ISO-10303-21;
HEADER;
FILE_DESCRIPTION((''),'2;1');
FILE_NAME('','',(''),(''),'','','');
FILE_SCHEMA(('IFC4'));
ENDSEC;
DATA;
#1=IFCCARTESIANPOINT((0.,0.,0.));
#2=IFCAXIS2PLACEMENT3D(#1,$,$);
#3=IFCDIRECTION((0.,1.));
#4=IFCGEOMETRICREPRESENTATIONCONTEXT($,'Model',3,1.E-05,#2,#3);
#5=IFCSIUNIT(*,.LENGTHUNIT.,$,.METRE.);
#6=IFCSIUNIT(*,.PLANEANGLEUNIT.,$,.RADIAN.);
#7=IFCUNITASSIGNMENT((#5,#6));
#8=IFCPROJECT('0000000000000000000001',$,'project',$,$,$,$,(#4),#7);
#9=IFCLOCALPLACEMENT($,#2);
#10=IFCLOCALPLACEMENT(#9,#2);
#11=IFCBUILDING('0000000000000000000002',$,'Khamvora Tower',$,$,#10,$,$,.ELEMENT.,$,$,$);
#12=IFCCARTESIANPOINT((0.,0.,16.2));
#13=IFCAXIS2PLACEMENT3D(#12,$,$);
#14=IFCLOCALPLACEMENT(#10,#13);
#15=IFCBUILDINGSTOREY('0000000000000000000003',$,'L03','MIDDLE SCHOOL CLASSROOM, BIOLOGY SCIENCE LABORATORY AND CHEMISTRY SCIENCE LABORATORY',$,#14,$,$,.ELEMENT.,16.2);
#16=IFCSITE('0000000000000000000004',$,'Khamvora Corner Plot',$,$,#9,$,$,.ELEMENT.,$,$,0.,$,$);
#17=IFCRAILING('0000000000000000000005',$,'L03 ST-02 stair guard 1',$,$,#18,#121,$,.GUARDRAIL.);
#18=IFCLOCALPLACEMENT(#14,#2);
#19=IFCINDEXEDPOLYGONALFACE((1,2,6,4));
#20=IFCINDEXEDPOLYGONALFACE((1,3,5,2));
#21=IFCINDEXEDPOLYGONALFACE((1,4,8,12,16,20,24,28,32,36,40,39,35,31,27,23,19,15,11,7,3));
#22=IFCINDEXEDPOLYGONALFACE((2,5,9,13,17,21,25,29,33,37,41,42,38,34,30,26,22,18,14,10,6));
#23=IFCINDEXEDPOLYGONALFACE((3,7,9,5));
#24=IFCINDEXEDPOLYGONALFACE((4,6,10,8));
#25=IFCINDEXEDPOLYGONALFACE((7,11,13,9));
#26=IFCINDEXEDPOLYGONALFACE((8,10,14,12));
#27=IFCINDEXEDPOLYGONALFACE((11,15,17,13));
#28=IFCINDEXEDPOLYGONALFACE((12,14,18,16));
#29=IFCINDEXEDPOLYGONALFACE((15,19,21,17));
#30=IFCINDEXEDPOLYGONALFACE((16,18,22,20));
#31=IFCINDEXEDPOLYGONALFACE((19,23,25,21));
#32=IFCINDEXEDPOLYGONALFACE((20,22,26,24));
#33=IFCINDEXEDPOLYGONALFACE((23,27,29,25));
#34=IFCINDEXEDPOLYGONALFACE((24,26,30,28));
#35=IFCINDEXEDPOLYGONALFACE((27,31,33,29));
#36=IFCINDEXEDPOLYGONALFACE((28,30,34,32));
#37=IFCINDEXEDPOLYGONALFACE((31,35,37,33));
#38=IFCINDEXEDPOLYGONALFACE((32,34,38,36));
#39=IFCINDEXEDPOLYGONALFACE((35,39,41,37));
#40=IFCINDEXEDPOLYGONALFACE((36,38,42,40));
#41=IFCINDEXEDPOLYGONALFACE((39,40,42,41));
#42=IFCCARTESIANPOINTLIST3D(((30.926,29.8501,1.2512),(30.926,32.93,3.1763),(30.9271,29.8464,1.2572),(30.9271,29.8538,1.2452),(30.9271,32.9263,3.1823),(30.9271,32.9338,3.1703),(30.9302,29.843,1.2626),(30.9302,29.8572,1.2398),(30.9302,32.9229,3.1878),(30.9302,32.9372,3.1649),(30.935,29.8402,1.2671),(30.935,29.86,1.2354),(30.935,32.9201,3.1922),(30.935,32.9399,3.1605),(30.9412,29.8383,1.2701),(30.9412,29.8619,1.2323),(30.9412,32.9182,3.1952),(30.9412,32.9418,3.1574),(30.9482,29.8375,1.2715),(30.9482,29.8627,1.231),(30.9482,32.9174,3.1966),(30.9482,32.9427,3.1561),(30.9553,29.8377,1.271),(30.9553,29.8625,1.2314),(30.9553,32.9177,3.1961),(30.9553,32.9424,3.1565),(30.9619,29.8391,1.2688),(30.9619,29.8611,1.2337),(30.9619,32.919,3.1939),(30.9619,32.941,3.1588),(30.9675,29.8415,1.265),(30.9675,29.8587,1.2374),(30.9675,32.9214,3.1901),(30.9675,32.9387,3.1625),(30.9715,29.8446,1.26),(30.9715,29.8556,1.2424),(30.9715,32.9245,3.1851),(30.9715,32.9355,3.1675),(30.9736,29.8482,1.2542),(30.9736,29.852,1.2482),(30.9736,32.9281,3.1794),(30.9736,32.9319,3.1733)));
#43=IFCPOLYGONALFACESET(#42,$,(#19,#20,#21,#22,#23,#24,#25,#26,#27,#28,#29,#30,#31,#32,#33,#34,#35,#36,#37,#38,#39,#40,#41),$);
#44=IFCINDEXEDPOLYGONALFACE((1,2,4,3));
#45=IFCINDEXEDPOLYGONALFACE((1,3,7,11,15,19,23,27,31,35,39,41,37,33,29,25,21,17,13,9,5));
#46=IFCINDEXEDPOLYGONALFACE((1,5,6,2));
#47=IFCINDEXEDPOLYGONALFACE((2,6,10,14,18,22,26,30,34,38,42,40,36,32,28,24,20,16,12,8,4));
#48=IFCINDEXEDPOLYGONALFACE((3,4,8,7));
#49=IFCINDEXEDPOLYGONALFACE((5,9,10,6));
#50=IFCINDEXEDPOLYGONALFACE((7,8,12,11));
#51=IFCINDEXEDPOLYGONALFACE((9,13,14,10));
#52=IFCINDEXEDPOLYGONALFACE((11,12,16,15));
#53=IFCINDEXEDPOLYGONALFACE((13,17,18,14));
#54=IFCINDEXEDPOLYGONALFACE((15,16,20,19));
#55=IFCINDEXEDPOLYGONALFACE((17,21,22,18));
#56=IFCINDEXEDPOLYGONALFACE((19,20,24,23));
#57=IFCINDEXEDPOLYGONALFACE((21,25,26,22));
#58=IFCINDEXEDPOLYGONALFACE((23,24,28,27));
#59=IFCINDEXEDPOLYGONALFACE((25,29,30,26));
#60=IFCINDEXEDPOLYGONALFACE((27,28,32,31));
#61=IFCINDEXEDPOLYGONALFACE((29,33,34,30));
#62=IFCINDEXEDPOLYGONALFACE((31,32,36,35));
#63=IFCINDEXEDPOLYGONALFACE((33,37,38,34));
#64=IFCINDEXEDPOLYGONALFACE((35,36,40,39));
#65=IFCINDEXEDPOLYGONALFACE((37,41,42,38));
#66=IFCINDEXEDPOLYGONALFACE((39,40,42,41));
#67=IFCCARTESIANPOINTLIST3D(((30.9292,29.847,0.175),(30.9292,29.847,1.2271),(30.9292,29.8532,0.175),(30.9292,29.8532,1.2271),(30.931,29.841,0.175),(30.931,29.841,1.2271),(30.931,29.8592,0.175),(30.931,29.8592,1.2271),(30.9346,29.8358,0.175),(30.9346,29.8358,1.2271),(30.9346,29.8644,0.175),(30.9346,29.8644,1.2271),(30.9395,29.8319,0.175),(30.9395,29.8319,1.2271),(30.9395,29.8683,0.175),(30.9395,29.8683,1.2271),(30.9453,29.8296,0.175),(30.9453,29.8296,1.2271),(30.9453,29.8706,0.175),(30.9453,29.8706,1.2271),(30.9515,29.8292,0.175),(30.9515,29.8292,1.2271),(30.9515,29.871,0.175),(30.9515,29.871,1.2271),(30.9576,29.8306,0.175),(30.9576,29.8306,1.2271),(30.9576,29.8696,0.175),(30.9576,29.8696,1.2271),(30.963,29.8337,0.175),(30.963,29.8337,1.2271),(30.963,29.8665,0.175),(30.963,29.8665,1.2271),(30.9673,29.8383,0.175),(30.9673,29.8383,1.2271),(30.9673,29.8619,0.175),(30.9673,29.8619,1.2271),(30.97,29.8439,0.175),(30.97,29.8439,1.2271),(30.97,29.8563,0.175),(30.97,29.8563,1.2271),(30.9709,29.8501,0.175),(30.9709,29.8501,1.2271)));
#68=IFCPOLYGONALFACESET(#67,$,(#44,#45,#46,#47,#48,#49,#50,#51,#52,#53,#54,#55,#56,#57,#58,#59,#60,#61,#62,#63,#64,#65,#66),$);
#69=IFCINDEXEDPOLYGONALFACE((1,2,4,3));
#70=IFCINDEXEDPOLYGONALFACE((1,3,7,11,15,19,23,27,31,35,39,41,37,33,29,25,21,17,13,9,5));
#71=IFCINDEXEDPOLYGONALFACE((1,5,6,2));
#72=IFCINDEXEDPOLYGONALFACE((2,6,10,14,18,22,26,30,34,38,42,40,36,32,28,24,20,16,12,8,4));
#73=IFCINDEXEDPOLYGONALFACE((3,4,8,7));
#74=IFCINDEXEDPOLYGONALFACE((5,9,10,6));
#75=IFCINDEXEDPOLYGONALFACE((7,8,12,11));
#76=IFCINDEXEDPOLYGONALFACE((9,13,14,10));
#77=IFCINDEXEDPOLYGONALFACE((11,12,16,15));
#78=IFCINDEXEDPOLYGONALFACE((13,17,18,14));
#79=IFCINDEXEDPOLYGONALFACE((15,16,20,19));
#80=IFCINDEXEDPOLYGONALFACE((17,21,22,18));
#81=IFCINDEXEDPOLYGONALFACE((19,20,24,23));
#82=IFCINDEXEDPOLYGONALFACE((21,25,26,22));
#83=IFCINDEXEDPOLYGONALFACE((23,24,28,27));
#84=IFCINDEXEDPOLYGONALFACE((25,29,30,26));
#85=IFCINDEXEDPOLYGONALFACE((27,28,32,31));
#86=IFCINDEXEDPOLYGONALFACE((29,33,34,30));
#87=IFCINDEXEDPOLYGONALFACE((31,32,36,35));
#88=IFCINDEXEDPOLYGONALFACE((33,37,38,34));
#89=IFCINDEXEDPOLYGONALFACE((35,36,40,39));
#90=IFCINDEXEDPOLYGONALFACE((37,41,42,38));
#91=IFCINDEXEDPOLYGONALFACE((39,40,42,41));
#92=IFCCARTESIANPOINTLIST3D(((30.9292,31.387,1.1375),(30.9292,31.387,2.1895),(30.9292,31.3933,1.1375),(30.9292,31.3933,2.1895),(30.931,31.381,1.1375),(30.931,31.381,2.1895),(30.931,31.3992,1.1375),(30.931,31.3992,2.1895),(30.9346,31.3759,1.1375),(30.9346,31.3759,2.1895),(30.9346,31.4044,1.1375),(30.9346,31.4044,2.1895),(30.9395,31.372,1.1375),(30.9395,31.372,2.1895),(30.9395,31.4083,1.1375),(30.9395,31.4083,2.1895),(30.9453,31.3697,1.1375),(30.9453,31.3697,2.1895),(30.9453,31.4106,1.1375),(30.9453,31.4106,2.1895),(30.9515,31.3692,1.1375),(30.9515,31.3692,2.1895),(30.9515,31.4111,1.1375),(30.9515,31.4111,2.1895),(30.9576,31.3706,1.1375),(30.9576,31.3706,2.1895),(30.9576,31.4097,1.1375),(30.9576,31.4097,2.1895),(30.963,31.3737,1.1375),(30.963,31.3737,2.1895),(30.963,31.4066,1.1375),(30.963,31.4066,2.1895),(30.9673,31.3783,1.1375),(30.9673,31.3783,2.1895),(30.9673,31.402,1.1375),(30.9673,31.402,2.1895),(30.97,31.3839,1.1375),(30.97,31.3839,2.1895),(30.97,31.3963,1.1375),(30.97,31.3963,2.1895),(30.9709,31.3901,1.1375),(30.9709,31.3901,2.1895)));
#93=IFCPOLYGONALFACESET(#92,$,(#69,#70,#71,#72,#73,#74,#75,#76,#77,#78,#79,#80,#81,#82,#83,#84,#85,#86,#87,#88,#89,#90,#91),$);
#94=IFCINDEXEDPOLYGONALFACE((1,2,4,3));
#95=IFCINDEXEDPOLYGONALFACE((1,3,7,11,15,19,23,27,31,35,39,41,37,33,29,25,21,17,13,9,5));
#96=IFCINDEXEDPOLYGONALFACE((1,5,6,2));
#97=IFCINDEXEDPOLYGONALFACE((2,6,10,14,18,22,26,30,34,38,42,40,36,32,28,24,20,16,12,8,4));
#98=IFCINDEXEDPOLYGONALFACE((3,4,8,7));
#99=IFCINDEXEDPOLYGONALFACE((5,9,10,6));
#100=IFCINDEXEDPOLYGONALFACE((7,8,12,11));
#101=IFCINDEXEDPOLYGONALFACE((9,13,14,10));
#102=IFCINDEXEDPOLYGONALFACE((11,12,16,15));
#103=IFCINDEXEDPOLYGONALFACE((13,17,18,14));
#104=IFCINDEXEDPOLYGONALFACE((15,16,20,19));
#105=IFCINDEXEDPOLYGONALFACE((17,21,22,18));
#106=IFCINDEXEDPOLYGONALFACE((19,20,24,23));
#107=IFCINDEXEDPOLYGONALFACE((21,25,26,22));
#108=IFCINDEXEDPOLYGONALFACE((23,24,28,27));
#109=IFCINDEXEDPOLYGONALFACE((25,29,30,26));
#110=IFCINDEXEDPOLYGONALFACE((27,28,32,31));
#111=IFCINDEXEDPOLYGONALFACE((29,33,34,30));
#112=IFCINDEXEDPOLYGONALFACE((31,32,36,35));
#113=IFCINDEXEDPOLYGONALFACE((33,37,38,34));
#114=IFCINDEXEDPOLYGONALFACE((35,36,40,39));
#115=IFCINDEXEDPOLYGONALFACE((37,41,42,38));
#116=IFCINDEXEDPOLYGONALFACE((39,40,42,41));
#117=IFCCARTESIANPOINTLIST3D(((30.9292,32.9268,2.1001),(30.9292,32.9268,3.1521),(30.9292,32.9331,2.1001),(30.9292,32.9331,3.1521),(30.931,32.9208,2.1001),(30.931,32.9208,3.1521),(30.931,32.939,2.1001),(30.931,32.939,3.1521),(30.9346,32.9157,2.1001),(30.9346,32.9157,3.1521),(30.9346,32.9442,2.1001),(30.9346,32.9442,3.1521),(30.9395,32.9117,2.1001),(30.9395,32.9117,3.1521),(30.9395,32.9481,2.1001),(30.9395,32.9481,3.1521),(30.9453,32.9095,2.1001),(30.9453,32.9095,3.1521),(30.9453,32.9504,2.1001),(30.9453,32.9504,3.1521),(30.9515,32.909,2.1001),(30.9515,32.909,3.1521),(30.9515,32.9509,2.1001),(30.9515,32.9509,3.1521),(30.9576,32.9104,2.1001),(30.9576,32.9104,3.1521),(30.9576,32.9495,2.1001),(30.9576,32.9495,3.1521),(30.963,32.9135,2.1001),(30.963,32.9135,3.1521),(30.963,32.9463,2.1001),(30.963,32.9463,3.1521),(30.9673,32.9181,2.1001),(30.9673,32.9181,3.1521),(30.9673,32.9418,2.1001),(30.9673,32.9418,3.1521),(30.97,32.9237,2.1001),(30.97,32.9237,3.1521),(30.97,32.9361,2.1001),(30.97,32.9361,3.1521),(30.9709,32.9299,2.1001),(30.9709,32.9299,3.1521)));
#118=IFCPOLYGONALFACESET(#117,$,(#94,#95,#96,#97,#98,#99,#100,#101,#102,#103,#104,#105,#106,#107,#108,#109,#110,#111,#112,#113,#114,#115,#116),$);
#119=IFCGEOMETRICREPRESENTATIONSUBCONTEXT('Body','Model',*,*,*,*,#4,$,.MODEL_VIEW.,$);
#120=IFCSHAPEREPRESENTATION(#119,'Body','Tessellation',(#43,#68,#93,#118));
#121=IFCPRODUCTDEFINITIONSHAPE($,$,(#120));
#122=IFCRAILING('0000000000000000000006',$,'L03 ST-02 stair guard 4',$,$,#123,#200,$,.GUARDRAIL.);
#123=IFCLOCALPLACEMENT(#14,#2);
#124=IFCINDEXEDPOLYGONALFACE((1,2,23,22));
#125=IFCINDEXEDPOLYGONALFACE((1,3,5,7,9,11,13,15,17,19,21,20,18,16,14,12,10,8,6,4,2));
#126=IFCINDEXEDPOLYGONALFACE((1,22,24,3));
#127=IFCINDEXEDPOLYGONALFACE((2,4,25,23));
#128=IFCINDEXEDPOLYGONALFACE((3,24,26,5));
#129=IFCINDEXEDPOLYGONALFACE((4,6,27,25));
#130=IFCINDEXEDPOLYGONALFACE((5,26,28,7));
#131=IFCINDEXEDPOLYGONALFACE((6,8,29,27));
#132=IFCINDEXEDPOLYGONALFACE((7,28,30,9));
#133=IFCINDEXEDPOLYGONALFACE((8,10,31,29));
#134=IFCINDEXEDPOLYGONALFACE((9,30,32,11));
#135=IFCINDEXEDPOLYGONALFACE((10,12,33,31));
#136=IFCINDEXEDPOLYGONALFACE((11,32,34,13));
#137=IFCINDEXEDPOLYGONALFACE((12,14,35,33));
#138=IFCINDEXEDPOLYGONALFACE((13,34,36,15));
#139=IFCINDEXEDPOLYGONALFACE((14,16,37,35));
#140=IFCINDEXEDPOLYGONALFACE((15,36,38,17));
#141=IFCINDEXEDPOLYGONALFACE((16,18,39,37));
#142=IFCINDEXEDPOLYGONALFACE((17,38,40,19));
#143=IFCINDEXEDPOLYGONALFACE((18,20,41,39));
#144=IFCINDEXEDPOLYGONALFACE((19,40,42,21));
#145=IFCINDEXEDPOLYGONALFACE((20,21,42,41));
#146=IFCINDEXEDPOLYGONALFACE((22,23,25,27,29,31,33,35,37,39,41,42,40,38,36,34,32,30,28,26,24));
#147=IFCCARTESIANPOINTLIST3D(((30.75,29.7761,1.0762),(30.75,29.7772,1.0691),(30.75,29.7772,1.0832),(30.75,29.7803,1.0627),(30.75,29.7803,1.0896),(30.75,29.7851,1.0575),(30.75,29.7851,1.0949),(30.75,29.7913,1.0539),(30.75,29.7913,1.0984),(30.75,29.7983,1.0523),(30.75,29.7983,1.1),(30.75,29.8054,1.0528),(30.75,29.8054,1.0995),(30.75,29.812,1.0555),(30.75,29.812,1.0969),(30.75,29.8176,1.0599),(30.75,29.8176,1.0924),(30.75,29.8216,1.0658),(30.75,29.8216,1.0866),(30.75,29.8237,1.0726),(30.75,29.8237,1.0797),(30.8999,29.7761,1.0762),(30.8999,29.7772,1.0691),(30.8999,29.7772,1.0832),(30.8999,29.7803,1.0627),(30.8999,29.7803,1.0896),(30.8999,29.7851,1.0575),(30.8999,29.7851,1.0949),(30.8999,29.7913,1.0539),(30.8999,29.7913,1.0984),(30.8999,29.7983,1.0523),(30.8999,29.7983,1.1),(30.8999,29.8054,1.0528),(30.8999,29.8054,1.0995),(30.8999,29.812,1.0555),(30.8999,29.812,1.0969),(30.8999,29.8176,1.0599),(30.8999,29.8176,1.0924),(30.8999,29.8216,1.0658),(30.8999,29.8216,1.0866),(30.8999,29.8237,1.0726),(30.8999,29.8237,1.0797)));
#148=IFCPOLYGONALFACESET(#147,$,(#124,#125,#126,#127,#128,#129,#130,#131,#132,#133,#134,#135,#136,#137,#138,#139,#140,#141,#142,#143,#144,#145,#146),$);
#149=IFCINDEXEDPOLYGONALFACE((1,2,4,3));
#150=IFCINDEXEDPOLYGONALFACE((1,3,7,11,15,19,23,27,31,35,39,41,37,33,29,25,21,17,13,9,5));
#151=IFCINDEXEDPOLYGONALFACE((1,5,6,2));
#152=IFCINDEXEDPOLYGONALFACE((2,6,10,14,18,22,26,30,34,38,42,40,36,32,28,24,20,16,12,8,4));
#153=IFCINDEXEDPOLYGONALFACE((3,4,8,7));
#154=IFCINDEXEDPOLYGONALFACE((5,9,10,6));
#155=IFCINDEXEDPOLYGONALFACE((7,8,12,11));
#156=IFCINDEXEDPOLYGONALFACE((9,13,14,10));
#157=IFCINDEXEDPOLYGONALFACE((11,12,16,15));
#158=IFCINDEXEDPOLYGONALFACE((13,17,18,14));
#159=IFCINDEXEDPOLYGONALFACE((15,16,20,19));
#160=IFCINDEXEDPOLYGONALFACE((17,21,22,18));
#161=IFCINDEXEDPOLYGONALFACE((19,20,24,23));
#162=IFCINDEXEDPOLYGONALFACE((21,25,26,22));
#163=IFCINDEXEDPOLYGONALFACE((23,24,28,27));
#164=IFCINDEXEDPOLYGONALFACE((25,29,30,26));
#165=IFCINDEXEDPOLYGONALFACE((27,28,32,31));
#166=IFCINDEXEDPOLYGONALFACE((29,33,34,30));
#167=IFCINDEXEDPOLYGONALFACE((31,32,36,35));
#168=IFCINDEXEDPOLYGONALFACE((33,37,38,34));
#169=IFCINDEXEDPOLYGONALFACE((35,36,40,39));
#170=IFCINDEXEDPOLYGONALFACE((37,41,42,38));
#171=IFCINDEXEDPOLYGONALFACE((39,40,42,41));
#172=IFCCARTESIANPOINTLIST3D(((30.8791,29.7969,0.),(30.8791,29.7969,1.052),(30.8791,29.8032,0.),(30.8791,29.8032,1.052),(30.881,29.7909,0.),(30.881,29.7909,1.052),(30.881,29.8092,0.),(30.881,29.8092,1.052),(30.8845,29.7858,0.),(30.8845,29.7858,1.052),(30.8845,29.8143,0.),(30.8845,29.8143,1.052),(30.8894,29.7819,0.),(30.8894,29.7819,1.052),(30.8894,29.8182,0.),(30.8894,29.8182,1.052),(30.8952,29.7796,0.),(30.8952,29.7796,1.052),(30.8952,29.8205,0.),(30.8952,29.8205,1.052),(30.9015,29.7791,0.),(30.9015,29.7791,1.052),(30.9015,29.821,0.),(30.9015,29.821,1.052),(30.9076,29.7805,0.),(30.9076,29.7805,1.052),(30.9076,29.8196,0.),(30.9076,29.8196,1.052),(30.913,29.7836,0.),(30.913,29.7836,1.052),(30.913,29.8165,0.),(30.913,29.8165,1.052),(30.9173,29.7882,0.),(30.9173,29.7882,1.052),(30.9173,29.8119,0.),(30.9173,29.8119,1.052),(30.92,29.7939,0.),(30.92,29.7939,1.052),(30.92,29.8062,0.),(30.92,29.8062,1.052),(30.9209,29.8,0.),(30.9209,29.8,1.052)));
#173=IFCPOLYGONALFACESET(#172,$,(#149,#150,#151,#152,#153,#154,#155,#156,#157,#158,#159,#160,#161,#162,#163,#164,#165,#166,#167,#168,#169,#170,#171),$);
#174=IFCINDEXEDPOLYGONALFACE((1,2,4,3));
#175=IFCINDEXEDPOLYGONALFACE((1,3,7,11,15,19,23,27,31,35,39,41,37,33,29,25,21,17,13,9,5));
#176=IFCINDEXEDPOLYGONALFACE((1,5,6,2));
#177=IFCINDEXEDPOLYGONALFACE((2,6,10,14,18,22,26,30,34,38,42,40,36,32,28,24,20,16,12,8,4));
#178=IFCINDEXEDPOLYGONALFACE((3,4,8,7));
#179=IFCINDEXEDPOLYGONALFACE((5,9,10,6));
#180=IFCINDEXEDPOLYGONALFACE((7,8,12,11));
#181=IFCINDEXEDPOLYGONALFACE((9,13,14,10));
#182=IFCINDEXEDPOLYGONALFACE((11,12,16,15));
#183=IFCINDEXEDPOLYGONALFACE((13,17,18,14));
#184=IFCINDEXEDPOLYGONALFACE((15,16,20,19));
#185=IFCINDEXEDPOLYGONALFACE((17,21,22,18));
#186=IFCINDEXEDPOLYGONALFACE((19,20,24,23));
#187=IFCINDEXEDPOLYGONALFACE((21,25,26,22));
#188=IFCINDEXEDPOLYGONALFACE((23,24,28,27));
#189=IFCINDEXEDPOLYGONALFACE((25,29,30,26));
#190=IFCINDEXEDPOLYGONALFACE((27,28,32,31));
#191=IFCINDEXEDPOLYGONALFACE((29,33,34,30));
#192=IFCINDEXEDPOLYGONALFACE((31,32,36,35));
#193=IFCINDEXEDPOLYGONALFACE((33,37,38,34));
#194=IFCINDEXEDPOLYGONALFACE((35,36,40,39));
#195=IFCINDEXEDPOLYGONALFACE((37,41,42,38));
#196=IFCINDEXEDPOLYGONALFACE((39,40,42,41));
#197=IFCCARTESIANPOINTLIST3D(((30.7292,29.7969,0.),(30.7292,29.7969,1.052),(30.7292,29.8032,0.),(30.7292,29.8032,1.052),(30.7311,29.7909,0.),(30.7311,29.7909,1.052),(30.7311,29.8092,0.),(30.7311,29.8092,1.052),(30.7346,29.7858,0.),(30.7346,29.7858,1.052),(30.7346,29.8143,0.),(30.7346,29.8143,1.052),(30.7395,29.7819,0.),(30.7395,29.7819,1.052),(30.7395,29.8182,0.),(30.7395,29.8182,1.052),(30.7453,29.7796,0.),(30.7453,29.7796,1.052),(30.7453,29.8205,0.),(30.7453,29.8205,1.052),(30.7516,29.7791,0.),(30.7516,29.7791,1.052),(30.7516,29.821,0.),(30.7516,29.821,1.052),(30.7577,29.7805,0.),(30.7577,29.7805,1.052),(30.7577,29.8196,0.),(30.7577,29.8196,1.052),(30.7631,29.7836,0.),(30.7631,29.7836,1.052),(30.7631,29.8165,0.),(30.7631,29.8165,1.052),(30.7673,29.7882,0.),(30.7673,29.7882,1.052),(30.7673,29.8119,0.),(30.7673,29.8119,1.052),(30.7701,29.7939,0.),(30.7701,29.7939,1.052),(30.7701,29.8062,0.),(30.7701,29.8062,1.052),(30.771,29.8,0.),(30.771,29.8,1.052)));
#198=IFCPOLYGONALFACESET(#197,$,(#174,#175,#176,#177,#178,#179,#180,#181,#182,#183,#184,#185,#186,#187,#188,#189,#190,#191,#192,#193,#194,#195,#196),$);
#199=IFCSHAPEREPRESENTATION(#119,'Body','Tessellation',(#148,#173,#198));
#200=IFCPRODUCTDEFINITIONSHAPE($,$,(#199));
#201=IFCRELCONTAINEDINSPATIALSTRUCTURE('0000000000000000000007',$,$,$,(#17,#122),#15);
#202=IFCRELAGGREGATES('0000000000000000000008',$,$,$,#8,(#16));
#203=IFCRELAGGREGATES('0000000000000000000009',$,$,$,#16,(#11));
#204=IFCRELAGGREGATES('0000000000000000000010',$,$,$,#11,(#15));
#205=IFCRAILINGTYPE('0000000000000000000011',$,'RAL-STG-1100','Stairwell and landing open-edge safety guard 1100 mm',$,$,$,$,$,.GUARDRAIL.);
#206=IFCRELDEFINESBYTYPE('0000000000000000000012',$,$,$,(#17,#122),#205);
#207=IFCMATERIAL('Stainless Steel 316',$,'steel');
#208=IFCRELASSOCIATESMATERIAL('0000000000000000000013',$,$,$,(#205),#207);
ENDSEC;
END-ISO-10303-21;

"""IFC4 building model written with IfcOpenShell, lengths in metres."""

from ifc_helpers import new_model, si_unit, direction, frame, origin, origin_2d, place, context, subcontext, project, spatial, circle, extrude, material, type_object, element, save


model = new_model("IFC4")

# Units and contexts
model_context = context("Model", 3, precision=1e-05, world=origin(), true_north=direction((0.0, 1.0)))
body_context = subcontext(model_context, "Body", "Model", "MODEL_VIEW")
ifc_project = project(units=[si_unit("LENGTHUNIT", "METRE"), si_unit("PLANEANGLEUNIT", "RADIAN")], contexts=[model_context])

# Site, building, storey
site_placement = place(None, origin())
site = spatial("IfcSite", under=ifc_project, at=site_placement, Name="Khamvora Corner Plot", CompositionType="ELEMENT", RefElevation=0.0)
building_placement = place(site_placement, origin())
building = spatial("IfcBuilding", under=site, at=building_placement, Name="Khamvora Tower", CompositionType="ELEMENT")
storey_placement = place(building_placement, frame((0.0, 0.0, 16.2)))
storey = spatial("IfcBuildingStorey", under=building, at=storey_placement, Name="L03", Description="MIDDLE SCHOOL CLASSROOM, BIOLOGY SCIENCE LABORATORY AND CHEMISTRY SCIENCE LABORATORY", CompositionType="ELEMENT", Elevation=16.2)

# Railings
ifc_material_1 = material(Name="Stainless Steel 316", Category="steel")
railing_type_1 = type_object("IfcRailingType", Name="RAL-STG-1100", Description="Stairwell and landing open-edge safety guard 1100 mm", PredefinedType="GUARDRAIL", material=ifc_material_1)
railing_1_placement = place(storey_placement, frame((30.95, 29.8501, 0.175)))
element("IfcRailing", 1, at=railing_1_placement, inside=storey, type_object=railing_type_1, Name="L03 ST-02 stair guard 1", PredefinedType="GUARDRAIL", context=body_context, shape_type="SweptSolid", body=[
    extrude(circle(Radius=0.0239, at=origin_2d()), frame((0.0, 0.0, 1.0762), z_axis=(0.0, 0.847979, 0.530029), x_axis=(-1.0, 0.0, 0.0)), (0.0, 0.0, 1.0), 3.6321),
    extrude(circle(Radius=0.021, at=origin_2d()), origin(), (0.0, 0.0, 1.0), 1.052),
    extrude(circle(Radius=0.021, at=origin_2d()), frame((0.0, 1.54, 0.9624)), (0.0, 0.0, 1.0), 1.052),
    extrude(circle(Radius=0.021, at=origin_2d()), frame((0.0, 3.0798, 1.925)), (0.0, 0.0, 1.0), 1.052),
])
railing_2_placement = place(storey_placement, frame((30.8999, 29.8, 0.0)))
element("IfcRailing", 2, at=railing_2_placement, inside=storey, type_object=railing_type_1, Name="L03 ST-02 stair guard 4", PredefinedType="GUARDRAIL", context=body_context, shape_type="SweptSolid", body=[
    extrude(circle(Radius=0.0239, at=origin_2d()), frame((0.0, 0.0, 1.0762), z_axis=(-1.0, 0.0, 0.0), x_axis=(0.0, -1.0, 0.0)), (0.0, 0.0, 1.0), 0.1499),
    extrude(circle(Radius=0.021, at=origin_2d()), origin(), (0.0, 0.0, 1.0), 1.052),
    extrude(circle(Radius=0.021, at=origin_2d()), frame((-0.1499, 0.0, 0.0)), (0.0, 0.0, 1.0), 1.052),
])

save(model, "model.ifc")
